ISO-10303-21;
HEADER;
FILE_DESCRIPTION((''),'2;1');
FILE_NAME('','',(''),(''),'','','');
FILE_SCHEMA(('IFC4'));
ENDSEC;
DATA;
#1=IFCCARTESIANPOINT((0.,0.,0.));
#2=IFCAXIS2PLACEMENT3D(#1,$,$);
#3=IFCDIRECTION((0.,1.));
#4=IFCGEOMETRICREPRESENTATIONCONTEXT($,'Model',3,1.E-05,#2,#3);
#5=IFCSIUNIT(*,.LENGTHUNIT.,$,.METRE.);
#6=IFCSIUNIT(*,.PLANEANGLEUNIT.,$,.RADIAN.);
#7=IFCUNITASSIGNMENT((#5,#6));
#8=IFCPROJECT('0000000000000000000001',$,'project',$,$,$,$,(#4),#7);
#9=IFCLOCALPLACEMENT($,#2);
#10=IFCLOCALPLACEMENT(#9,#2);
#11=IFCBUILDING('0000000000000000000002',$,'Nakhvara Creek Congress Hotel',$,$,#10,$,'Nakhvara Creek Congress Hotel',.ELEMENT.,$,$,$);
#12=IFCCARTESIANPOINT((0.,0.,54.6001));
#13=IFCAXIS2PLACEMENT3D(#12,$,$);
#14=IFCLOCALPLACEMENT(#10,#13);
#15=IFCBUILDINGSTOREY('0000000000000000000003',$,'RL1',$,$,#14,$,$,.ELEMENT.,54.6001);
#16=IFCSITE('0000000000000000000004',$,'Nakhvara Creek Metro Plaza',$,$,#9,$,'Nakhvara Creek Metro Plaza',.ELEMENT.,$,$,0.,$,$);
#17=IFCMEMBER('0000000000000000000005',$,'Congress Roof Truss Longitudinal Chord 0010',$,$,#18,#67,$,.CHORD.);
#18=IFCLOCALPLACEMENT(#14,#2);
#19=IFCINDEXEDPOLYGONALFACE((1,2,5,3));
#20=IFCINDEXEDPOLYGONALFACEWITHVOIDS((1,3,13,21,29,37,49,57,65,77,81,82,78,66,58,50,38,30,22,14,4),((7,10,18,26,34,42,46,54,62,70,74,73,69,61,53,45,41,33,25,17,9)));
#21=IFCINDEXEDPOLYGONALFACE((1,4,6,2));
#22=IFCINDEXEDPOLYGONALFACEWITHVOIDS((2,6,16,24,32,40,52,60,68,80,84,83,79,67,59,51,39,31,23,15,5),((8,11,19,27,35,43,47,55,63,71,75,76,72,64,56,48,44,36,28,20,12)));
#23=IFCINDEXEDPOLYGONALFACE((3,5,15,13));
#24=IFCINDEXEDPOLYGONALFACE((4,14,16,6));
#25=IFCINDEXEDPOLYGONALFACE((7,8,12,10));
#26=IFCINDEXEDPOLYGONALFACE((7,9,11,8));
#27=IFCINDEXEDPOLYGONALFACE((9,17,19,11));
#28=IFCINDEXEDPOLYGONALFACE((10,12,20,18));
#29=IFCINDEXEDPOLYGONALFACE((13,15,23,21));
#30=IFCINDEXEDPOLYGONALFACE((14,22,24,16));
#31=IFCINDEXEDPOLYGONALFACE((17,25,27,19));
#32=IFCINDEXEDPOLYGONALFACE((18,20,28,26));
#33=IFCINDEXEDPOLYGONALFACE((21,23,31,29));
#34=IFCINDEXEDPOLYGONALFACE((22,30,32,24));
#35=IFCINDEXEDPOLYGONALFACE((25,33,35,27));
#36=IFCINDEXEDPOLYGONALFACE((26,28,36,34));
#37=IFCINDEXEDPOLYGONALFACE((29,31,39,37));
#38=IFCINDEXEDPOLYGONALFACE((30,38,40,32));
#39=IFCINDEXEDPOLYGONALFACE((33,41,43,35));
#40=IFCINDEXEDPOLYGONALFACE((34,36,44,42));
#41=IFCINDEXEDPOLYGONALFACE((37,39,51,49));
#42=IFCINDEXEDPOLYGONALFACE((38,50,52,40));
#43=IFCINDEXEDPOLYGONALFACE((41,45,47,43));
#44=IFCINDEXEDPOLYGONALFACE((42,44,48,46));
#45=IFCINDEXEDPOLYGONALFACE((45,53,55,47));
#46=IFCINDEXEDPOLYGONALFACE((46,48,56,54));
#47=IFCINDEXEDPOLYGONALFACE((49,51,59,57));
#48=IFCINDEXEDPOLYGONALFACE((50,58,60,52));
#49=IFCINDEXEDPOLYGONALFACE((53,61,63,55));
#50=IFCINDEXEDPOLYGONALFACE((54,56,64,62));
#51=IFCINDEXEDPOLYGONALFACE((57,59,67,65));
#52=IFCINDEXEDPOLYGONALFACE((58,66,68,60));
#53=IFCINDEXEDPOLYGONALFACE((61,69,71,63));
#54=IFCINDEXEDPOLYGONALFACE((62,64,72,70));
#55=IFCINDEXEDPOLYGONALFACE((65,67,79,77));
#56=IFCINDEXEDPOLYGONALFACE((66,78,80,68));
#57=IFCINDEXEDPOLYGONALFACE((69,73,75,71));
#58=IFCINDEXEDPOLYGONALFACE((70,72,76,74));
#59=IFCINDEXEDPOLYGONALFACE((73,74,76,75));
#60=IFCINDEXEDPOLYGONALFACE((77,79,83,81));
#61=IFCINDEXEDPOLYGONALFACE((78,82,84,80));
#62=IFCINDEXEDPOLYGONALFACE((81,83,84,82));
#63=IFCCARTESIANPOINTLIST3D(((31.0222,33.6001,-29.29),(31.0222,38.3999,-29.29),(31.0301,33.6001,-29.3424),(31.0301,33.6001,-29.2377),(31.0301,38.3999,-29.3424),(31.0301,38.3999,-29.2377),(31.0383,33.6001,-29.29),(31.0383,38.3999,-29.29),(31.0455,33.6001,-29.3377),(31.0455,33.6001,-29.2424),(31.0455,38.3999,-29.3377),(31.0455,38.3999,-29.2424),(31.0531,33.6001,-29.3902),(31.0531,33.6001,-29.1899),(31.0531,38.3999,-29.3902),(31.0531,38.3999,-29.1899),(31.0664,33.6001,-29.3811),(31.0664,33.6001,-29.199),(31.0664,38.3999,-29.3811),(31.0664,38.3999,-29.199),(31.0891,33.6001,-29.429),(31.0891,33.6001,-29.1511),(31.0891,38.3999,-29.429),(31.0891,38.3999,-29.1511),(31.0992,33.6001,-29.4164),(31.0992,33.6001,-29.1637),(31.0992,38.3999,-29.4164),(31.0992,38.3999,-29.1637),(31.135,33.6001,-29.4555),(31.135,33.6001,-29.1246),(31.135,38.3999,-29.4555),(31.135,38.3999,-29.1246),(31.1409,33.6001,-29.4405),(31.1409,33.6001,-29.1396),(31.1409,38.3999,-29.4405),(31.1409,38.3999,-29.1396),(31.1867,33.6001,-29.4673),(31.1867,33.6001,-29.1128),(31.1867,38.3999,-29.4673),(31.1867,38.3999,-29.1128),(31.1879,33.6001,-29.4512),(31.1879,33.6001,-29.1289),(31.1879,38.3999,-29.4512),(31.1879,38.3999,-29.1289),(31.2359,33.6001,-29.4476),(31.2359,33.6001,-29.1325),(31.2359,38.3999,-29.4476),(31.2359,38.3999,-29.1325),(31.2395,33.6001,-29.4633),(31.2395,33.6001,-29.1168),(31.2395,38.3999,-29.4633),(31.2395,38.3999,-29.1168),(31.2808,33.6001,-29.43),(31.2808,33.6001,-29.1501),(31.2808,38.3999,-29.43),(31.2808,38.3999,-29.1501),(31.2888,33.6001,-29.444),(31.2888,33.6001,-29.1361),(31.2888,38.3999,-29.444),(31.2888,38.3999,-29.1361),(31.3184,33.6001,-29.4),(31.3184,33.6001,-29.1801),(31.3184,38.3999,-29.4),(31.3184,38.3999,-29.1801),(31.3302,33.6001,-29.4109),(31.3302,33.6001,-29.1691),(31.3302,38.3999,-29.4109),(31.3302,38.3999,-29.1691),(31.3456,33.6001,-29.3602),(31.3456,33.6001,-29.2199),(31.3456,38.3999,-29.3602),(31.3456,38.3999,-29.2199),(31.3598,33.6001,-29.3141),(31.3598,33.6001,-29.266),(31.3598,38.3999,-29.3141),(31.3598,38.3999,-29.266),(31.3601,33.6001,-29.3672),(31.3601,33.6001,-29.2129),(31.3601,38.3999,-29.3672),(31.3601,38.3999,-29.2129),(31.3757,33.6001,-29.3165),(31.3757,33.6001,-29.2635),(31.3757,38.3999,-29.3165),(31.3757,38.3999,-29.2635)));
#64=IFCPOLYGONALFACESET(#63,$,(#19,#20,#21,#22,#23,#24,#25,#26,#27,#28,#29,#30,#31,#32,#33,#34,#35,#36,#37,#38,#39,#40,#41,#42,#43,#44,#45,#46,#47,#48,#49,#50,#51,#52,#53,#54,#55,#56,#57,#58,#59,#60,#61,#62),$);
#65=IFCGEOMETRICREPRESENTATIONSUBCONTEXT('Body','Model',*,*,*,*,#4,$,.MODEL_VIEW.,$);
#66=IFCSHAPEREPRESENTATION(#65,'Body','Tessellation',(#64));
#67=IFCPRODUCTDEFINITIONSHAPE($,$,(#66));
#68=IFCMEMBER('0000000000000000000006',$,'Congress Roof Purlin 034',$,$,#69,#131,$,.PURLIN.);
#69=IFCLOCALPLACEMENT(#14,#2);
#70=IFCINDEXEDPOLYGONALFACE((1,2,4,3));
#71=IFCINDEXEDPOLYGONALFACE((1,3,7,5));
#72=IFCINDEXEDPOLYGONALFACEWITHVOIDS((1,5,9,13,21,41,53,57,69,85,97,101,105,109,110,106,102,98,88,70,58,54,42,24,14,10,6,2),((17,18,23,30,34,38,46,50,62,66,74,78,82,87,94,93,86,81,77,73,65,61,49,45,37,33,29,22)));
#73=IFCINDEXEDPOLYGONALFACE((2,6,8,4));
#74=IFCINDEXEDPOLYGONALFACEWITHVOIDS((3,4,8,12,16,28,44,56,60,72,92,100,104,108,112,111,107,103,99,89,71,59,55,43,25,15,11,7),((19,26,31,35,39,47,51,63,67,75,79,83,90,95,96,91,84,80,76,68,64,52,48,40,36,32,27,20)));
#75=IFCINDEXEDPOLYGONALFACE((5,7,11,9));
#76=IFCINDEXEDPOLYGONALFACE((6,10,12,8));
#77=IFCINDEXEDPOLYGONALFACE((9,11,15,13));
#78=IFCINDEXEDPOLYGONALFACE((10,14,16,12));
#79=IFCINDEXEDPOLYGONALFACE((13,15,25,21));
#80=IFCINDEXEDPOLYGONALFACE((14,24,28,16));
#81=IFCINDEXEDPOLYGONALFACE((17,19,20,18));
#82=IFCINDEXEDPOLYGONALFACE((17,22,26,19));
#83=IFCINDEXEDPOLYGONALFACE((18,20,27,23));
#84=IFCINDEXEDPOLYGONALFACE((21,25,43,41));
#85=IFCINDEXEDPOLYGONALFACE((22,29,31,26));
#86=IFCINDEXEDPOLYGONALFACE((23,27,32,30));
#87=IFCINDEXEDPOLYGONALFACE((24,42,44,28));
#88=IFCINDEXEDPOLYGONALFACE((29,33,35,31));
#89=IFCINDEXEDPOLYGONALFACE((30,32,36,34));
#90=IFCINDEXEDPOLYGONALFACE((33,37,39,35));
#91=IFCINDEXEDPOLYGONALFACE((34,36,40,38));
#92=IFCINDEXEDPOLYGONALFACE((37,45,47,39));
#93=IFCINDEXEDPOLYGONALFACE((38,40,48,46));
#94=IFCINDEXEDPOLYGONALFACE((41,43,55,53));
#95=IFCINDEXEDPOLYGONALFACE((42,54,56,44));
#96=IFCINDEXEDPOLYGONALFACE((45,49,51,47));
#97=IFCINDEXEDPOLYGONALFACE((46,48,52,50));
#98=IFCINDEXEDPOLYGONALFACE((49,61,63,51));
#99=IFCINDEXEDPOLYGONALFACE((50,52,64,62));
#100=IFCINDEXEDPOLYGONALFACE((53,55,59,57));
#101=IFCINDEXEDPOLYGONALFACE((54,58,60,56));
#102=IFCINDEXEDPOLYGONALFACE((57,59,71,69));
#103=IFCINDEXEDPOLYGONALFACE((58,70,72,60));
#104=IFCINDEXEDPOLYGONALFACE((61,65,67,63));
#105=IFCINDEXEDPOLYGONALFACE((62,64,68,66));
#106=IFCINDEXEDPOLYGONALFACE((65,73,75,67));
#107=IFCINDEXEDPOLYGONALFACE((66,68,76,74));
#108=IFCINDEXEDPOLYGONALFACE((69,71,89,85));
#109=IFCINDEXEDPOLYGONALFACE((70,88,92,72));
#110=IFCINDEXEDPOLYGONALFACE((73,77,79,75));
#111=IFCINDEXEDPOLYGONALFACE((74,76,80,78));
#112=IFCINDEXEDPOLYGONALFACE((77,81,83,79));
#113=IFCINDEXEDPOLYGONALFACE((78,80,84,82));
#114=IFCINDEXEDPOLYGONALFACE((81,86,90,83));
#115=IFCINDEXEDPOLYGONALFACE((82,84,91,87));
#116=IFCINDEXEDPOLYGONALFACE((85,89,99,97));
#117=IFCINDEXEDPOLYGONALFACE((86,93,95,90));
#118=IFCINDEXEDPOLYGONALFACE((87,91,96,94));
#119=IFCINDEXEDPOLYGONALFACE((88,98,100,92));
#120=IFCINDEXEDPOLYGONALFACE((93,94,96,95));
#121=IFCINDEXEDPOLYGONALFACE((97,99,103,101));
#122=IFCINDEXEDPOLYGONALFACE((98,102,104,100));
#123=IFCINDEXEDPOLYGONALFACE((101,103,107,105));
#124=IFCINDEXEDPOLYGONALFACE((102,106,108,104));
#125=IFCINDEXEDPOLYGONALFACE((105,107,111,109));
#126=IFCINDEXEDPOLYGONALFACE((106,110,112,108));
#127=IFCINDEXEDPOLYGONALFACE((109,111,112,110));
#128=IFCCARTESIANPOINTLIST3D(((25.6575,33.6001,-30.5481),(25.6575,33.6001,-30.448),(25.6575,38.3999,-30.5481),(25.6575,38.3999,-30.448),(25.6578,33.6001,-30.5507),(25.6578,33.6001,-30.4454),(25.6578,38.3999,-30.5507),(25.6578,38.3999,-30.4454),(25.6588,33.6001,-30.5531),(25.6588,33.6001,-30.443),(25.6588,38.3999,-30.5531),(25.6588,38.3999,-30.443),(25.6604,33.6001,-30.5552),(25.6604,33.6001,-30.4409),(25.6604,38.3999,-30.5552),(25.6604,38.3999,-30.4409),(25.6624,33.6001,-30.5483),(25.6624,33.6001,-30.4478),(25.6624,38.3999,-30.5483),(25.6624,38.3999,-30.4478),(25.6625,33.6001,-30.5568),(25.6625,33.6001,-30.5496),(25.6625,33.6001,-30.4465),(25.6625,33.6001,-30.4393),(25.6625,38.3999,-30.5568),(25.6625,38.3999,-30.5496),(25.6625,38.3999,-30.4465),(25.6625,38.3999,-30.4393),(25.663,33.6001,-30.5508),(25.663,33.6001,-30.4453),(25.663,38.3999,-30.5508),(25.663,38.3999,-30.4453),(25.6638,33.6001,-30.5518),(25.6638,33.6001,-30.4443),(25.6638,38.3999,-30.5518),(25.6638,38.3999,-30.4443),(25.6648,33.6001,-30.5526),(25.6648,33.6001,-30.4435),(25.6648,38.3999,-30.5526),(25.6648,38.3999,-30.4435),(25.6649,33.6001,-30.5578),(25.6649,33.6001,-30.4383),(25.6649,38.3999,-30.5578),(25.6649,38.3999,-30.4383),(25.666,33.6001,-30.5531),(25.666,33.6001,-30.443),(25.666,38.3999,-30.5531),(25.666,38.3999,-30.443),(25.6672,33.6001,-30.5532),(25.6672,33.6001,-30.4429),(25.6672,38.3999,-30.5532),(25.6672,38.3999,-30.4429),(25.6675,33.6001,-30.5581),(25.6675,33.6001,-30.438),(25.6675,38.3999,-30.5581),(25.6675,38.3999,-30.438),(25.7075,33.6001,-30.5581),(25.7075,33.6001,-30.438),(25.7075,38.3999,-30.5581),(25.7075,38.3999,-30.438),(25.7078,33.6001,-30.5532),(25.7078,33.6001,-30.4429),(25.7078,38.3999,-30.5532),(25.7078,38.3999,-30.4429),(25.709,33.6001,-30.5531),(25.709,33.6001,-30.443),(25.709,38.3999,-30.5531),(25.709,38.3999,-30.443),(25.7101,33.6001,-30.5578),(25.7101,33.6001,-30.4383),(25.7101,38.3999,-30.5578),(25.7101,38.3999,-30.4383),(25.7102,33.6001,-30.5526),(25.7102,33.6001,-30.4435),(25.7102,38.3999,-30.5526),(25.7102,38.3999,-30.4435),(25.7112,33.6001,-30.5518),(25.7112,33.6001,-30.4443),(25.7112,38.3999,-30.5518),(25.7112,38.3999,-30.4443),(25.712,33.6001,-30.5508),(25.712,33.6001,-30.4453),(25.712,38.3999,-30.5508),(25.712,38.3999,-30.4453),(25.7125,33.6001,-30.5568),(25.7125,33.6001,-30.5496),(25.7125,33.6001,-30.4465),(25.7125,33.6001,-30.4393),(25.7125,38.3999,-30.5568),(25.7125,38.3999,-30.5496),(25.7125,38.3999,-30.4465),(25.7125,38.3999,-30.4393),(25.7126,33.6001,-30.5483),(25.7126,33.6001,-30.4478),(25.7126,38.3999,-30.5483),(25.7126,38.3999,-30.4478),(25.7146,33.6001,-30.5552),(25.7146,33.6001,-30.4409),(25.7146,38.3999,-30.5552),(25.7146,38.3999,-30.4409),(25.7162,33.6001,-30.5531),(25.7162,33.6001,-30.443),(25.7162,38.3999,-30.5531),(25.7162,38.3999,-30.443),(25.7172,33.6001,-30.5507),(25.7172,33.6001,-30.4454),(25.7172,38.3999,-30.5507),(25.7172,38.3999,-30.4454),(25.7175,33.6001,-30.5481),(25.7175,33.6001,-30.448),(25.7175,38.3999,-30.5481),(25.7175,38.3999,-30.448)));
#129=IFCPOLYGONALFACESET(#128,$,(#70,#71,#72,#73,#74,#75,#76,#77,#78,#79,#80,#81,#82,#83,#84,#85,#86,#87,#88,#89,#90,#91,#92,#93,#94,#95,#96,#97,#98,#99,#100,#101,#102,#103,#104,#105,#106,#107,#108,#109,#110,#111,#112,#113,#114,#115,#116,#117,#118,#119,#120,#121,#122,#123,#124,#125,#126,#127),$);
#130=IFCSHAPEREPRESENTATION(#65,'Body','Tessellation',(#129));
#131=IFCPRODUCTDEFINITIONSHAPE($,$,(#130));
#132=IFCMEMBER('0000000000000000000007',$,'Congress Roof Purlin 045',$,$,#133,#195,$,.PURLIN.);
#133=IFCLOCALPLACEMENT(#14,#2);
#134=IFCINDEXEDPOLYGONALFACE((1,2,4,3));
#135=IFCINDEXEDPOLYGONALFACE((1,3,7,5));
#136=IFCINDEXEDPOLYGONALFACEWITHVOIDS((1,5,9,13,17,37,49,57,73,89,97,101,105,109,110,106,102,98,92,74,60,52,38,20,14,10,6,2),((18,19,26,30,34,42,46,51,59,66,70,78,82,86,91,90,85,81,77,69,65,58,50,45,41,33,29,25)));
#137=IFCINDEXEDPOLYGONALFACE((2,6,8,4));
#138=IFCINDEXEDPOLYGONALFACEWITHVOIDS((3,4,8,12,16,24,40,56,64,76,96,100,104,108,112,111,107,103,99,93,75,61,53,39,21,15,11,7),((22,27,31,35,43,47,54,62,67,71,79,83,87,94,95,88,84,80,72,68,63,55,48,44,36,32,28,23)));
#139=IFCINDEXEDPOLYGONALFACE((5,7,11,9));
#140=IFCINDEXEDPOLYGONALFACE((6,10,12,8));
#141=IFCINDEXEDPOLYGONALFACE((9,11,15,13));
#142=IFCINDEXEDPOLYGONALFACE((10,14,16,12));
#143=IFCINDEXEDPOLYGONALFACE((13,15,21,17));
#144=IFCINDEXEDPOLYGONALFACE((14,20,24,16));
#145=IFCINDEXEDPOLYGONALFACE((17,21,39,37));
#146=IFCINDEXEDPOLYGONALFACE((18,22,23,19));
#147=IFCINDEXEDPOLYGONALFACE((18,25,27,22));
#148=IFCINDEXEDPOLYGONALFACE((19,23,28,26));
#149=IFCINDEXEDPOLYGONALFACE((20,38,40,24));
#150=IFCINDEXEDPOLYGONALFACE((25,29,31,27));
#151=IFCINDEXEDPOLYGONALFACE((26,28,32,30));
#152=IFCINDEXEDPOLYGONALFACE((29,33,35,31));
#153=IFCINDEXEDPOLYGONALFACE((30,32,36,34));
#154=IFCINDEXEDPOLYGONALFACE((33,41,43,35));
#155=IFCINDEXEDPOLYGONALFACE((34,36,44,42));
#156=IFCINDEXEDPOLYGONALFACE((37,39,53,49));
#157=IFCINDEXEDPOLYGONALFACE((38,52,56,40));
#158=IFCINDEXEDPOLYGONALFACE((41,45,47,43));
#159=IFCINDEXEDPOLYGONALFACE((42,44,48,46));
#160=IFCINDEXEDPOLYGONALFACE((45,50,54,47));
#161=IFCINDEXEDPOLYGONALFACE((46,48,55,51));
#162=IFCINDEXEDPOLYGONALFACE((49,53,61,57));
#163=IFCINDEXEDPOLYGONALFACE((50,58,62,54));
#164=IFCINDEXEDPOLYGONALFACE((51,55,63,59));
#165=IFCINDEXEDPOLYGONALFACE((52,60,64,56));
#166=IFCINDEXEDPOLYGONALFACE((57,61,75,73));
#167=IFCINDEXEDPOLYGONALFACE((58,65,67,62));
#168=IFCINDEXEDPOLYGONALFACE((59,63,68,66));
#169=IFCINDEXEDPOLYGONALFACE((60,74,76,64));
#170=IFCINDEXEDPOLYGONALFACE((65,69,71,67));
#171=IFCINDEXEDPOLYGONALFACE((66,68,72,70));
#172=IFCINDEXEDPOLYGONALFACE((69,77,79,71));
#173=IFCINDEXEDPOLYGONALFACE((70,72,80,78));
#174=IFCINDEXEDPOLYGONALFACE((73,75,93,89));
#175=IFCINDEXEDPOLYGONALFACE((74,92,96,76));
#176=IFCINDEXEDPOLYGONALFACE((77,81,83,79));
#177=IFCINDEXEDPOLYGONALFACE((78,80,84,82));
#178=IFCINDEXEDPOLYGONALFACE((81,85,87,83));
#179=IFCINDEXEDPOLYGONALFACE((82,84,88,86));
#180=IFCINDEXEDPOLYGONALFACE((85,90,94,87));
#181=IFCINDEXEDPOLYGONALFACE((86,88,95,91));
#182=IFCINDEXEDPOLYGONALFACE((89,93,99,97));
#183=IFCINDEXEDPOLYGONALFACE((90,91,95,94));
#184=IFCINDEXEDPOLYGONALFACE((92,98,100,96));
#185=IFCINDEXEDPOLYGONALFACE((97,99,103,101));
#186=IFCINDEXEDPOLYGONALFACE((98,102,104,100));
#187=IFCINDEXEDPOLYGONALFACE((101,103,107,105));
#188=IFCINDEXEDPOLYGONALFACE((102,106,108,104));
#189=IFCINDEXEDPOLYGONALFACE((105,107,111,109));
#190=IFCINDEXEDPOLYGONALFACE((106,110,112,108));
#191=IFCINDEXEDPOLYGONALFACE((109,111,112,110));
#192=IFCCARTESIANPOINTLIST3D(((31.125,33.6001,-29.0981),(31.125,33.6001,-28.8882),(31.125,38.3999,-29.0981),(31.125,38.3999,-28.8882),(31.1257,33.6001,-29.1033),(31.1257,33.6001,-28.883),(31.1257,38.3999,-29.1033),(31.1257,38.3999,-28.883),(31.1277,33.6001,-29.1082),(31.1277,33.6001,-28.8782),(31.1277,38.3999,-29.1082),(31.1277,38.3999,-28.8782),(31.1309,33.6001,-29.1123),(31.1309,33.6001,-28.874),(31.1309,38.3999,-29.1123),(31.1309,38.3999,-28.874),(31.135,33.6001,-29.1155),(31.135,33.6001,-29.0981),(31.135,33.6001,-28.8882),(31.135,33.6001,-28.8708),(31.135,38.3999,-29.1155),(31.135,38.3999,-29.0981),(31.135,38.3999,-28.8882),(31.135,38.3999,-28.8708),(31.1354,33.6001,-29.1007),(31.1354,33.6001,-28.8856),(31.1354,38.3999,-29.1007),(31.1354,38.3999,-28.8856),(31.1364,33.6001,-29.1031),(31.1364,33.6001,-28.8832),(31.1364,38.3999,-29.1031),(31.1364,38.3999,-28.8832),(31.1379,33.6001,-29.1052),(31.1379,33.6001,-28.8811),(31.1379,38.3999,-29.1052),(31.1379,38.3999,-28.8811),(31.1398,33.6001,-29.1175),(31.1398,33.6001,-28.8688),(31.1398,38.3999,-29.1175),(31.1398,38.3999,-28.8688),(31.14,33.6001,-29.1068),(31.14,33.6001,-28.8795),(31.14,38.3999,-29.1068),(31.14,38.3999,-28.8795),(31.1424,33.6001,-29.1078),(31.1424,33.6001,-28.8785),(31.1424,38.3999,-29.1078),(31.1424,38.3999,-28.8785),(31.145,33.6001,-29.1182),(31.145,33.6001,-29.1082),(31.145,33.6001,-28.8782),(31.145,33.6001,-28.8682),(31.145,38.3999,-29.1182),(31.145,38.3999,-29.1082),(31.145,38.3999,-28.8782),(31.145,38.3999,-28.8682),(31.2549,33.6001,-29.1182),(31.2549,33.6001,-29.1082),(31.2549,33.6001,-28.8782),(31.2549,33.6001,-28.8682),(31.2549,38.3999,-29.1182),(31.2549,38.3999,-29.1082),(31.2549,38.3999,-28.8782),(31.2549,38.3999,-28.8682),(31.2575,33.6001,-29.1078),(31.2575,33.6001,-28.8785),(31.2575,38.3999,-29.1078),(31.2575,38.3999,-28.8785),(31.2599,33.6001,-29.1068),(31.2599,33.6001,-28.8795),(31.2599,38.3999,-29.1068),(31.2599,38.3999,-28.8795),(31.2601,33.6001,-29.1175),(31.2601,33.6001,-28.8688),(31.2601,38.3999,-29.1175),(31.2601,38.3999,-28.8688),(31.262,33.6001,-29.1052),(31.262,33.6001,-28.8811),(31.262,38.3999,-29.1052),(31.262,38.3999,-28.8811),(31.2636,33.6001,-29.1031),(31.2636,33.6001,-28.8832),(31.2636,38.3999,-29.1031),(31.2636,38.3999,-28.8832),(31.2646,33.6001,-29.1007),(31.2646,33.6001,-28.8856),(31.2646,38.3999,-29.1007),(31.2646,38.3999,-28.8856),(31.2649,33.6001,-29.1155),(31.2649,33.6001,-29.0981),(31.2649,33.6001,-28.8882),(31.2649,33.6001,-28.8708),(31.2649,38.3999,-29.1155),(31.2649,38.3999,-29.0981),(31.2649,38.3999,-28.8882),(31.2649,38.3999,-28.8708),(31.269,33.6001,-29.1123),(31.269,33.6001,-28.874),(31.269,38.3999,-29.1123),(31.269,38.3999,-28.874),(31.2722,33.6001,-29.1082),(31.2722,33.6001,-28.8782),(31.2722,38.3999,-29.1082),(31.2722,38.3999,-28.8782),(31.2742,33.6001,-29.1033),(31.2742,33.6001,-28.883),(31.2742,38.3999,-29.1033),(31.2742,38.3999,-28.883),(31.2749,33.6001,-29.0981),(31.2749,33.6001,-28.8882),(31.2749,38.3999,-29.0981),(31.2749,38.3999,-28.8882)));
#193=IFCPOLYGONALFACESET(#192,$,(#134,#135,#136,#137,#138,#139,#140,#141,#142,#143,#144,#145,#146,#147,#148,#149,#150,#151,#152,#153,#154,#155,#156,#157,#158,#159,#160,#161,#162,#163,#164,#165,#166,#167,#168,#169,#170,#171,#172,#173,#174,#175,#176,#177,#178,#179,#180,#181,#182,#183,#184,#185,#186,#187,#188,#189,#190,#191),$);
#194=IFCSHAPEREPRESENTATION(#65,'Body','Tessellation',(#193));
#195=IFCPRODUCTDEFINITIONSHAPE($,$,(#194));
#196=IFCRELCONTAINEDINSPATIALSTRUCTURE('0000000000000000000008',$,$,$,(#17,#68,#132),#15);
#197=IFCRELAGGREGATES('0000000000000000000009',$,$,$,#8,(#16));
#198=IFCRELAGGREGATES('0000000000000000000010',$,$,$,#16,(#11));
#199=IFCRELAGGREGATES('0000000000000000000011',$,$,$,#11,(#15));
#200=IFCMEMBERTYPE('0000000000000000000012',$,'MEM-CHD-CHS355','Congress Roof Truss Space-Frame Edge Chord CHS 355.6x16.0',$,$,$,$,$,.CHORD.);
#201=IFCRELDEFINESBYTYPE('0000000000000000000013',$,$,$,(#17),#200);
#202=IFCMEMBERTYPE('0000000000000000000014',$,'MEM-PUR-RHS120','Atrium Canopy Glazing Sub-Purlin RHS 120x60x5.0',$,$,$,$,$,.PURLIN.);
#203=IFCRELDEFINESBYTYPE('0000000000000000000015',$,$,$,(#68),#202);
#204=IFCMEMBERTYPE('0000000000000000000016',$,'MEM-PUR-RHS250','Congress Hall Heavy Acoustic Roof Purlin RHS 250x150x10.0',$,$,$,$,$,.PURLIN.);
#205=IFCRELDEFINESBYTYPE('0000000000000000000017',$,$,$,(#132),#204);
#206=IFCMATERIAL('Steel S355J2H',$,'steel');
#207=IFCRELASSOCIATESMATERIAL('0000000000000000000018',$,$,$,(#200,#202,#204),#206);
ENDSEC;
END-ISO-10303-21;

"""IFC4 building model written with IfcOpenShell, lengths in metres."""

from ifc_helpers import new_model, si_unit, direction, frame, origin, origin_2d, place, context, subcontext, project, spatial, hollow_rectangle, hollow_circle, extrude, material, material_profile, profile_set, type_object, element, save


model = new_model("IFC4")

# Units and contexts
model_context = context("Model", 3, precision=1e-05, world=origin(), true_north=direction((0.0, 1.0)))
body_context = subcontext(model_context, "Body", "Model", "MODEL_VIEW")
ifc_project = project(units=[si_unit("LENGTHUNIT", "METRE"), si_unit("PLANEANGLEUNIT", "RADIAN")], contexts=[model_context])

# Site, building, storey
site_placement = place(None, origin())
site = spatial("IfcSite", under=ifc_project, at=site_placement, Name="Nakhvara Creek Metro Plaza", LongName="Nakhvara Creek Metro Plaza", CompositionType="ELEMENT", RefElevation=0.0)
building_placement = place(site_placement, origin())
building = spatial("IfcBuilding", under=site, at=building_placement, Name="Nakhvara Creek Congress Hotel", LongName="Nakhvara Creek Congress Hotel", CompositionType="ELEMENT")
storey_placement = place(building_placement, frame((0.0, 0.0, 54.6001)))
storey = spatial("IfcBuildingStorey", under=building, at=storey_placement, Name="RL1", CompositionType="ELEMENT", Elevation=54.6001)

# Members
ifc_material_1 = material(Name="Steel S355J2H", Category="steel")
ifc_material_profile_1 = material_profile(ifc_material_1, hollow_circle(Radius=0.1777, WallThickness=0.0161, at=origin_2d()), Name="CHS 355.6x16.0", Category="LoadBearing")
ifc_profile_set_1 = profile_set([ifc_material_profile_1], Name="Steel S355J2H")
member_type_1 = type_object("IfcMemberType", Name="MEM-CHD-CHS355", Description="Congress Roof Truss Space-Frame Edge Chord CHS 355.6x16.0", PredefinedType="CHORD", material=ifc_profile_set_1)
member_1_placement = place(storey_placement, frame((31.2, 33.6001, -29.29), z_axis=(0.0, 1.0, 0.0), x_axis=(-1.0, 0.0, 0.0)))
element("IfcMember", 1, at=member_1_placement, inside=storey, type_object=member_type_1, Name="Congress Roof Truss Longitudinal Chord 0010", PredefinedType="CHORD", context=body_context, shape_type="SweptSolid", body=[
    extrude(hollow_circle(Radius=0.1777, WallThickness=0.0161, at=origin_2d()), origin(), (0.0, 0.0, 1.0), 4.7998),
])
ifc_material_profile_2 = material_profile(ifc_material_1, hollow_rectangle(XDim=0.0601, YDim=0.1201, WallThickness=0.0049, InnerFilletRadius=0.0049, OuterFilletRadius=0.01, at=origin_2d()), Name="RHS 120x60x5.0", Category="LoadBearing")
ifc_profile_set_2 = profile_set([ifc_material_profile_2], Name="Steel S355J2H")
member_type_2 = type_object("IfcMemberType", Name="MEM-PUR-RHS120", Description="Atrium Canopy Glazing Sub-Purlin RHS 120x60x5.0", PredefinedType="PURLIN", material=ifc_profile_set_2)
member_2_placement = place(storey_placement, frame((25.6875, 33.6001, -30.498), z_axis=(0.0, 1.0, 0.0), x_axis=(-1.0, 0.0, 0.0)))
element("IfcMember", 2, at=member_2_placement, inside=storey, type_object=member_type_2, Name="Congress Roof Purlin 034", PredefinedType="PURLIN", context=body_context, shape_type="SweptSolid", body=[
    extrude(hollow_rectangle(XDim=0.0601, YDim=0.1201, WallThickness=0.0049, InnerFilletRadius=0.0049, OuterFilletRadius=0.01, at=origin_2d()), origin(), (0.0, 0.0, 1.0), 4.7998),
])
ifc_material_profile_3 = material_profile(ifc_material_1, hollow_rectangle(XDim=0.1499, YDim=0.25, WallThickness=0.01, InnerFilletRadius=0.01, OuterFilletRadius=0.02, at=origin_2d()), Name="RHS 250x150x10.0", Category="LoadBearing")
ifc_profile_set_3 = profile_set([ifc_material_profile_3], Name="Steel S355J2H")
member_type_3 = type_object("IfcMemberType", Name="MEM-PUR-RHS250", Description="Congress Hall Heavy Acoustic Roof Purlin RHS 250x150x10.0", PredefinedType="PURLIN", material=ifc_profile_set_3)
member_3_placement = place(storey_placement, frame((31.2, 33.6001, -28.9932), z_axis=(0.0, 1.0, 0.0), x_axis=(-1.0, 0.0, 0.0)))
element("IfcMember", 3, at=member_3_placement, inside=storey, type_object=member_type_3, Name="Congress Roof Purlin 045", PredefinedType="PURLIN", context=body_context, shape_type="SweptSolid", body=[
    extrude(hollow_rectangle(XDim=0.1499, YDim=0.25, WallThickness=0.01, InnerFilletRadius=0.01, OuterFilletRadius=0.02, at=origin_2d()), origin(), (0.0, 0.0, 1.0), 4.7998),
])

save(model, "model.ifc")
